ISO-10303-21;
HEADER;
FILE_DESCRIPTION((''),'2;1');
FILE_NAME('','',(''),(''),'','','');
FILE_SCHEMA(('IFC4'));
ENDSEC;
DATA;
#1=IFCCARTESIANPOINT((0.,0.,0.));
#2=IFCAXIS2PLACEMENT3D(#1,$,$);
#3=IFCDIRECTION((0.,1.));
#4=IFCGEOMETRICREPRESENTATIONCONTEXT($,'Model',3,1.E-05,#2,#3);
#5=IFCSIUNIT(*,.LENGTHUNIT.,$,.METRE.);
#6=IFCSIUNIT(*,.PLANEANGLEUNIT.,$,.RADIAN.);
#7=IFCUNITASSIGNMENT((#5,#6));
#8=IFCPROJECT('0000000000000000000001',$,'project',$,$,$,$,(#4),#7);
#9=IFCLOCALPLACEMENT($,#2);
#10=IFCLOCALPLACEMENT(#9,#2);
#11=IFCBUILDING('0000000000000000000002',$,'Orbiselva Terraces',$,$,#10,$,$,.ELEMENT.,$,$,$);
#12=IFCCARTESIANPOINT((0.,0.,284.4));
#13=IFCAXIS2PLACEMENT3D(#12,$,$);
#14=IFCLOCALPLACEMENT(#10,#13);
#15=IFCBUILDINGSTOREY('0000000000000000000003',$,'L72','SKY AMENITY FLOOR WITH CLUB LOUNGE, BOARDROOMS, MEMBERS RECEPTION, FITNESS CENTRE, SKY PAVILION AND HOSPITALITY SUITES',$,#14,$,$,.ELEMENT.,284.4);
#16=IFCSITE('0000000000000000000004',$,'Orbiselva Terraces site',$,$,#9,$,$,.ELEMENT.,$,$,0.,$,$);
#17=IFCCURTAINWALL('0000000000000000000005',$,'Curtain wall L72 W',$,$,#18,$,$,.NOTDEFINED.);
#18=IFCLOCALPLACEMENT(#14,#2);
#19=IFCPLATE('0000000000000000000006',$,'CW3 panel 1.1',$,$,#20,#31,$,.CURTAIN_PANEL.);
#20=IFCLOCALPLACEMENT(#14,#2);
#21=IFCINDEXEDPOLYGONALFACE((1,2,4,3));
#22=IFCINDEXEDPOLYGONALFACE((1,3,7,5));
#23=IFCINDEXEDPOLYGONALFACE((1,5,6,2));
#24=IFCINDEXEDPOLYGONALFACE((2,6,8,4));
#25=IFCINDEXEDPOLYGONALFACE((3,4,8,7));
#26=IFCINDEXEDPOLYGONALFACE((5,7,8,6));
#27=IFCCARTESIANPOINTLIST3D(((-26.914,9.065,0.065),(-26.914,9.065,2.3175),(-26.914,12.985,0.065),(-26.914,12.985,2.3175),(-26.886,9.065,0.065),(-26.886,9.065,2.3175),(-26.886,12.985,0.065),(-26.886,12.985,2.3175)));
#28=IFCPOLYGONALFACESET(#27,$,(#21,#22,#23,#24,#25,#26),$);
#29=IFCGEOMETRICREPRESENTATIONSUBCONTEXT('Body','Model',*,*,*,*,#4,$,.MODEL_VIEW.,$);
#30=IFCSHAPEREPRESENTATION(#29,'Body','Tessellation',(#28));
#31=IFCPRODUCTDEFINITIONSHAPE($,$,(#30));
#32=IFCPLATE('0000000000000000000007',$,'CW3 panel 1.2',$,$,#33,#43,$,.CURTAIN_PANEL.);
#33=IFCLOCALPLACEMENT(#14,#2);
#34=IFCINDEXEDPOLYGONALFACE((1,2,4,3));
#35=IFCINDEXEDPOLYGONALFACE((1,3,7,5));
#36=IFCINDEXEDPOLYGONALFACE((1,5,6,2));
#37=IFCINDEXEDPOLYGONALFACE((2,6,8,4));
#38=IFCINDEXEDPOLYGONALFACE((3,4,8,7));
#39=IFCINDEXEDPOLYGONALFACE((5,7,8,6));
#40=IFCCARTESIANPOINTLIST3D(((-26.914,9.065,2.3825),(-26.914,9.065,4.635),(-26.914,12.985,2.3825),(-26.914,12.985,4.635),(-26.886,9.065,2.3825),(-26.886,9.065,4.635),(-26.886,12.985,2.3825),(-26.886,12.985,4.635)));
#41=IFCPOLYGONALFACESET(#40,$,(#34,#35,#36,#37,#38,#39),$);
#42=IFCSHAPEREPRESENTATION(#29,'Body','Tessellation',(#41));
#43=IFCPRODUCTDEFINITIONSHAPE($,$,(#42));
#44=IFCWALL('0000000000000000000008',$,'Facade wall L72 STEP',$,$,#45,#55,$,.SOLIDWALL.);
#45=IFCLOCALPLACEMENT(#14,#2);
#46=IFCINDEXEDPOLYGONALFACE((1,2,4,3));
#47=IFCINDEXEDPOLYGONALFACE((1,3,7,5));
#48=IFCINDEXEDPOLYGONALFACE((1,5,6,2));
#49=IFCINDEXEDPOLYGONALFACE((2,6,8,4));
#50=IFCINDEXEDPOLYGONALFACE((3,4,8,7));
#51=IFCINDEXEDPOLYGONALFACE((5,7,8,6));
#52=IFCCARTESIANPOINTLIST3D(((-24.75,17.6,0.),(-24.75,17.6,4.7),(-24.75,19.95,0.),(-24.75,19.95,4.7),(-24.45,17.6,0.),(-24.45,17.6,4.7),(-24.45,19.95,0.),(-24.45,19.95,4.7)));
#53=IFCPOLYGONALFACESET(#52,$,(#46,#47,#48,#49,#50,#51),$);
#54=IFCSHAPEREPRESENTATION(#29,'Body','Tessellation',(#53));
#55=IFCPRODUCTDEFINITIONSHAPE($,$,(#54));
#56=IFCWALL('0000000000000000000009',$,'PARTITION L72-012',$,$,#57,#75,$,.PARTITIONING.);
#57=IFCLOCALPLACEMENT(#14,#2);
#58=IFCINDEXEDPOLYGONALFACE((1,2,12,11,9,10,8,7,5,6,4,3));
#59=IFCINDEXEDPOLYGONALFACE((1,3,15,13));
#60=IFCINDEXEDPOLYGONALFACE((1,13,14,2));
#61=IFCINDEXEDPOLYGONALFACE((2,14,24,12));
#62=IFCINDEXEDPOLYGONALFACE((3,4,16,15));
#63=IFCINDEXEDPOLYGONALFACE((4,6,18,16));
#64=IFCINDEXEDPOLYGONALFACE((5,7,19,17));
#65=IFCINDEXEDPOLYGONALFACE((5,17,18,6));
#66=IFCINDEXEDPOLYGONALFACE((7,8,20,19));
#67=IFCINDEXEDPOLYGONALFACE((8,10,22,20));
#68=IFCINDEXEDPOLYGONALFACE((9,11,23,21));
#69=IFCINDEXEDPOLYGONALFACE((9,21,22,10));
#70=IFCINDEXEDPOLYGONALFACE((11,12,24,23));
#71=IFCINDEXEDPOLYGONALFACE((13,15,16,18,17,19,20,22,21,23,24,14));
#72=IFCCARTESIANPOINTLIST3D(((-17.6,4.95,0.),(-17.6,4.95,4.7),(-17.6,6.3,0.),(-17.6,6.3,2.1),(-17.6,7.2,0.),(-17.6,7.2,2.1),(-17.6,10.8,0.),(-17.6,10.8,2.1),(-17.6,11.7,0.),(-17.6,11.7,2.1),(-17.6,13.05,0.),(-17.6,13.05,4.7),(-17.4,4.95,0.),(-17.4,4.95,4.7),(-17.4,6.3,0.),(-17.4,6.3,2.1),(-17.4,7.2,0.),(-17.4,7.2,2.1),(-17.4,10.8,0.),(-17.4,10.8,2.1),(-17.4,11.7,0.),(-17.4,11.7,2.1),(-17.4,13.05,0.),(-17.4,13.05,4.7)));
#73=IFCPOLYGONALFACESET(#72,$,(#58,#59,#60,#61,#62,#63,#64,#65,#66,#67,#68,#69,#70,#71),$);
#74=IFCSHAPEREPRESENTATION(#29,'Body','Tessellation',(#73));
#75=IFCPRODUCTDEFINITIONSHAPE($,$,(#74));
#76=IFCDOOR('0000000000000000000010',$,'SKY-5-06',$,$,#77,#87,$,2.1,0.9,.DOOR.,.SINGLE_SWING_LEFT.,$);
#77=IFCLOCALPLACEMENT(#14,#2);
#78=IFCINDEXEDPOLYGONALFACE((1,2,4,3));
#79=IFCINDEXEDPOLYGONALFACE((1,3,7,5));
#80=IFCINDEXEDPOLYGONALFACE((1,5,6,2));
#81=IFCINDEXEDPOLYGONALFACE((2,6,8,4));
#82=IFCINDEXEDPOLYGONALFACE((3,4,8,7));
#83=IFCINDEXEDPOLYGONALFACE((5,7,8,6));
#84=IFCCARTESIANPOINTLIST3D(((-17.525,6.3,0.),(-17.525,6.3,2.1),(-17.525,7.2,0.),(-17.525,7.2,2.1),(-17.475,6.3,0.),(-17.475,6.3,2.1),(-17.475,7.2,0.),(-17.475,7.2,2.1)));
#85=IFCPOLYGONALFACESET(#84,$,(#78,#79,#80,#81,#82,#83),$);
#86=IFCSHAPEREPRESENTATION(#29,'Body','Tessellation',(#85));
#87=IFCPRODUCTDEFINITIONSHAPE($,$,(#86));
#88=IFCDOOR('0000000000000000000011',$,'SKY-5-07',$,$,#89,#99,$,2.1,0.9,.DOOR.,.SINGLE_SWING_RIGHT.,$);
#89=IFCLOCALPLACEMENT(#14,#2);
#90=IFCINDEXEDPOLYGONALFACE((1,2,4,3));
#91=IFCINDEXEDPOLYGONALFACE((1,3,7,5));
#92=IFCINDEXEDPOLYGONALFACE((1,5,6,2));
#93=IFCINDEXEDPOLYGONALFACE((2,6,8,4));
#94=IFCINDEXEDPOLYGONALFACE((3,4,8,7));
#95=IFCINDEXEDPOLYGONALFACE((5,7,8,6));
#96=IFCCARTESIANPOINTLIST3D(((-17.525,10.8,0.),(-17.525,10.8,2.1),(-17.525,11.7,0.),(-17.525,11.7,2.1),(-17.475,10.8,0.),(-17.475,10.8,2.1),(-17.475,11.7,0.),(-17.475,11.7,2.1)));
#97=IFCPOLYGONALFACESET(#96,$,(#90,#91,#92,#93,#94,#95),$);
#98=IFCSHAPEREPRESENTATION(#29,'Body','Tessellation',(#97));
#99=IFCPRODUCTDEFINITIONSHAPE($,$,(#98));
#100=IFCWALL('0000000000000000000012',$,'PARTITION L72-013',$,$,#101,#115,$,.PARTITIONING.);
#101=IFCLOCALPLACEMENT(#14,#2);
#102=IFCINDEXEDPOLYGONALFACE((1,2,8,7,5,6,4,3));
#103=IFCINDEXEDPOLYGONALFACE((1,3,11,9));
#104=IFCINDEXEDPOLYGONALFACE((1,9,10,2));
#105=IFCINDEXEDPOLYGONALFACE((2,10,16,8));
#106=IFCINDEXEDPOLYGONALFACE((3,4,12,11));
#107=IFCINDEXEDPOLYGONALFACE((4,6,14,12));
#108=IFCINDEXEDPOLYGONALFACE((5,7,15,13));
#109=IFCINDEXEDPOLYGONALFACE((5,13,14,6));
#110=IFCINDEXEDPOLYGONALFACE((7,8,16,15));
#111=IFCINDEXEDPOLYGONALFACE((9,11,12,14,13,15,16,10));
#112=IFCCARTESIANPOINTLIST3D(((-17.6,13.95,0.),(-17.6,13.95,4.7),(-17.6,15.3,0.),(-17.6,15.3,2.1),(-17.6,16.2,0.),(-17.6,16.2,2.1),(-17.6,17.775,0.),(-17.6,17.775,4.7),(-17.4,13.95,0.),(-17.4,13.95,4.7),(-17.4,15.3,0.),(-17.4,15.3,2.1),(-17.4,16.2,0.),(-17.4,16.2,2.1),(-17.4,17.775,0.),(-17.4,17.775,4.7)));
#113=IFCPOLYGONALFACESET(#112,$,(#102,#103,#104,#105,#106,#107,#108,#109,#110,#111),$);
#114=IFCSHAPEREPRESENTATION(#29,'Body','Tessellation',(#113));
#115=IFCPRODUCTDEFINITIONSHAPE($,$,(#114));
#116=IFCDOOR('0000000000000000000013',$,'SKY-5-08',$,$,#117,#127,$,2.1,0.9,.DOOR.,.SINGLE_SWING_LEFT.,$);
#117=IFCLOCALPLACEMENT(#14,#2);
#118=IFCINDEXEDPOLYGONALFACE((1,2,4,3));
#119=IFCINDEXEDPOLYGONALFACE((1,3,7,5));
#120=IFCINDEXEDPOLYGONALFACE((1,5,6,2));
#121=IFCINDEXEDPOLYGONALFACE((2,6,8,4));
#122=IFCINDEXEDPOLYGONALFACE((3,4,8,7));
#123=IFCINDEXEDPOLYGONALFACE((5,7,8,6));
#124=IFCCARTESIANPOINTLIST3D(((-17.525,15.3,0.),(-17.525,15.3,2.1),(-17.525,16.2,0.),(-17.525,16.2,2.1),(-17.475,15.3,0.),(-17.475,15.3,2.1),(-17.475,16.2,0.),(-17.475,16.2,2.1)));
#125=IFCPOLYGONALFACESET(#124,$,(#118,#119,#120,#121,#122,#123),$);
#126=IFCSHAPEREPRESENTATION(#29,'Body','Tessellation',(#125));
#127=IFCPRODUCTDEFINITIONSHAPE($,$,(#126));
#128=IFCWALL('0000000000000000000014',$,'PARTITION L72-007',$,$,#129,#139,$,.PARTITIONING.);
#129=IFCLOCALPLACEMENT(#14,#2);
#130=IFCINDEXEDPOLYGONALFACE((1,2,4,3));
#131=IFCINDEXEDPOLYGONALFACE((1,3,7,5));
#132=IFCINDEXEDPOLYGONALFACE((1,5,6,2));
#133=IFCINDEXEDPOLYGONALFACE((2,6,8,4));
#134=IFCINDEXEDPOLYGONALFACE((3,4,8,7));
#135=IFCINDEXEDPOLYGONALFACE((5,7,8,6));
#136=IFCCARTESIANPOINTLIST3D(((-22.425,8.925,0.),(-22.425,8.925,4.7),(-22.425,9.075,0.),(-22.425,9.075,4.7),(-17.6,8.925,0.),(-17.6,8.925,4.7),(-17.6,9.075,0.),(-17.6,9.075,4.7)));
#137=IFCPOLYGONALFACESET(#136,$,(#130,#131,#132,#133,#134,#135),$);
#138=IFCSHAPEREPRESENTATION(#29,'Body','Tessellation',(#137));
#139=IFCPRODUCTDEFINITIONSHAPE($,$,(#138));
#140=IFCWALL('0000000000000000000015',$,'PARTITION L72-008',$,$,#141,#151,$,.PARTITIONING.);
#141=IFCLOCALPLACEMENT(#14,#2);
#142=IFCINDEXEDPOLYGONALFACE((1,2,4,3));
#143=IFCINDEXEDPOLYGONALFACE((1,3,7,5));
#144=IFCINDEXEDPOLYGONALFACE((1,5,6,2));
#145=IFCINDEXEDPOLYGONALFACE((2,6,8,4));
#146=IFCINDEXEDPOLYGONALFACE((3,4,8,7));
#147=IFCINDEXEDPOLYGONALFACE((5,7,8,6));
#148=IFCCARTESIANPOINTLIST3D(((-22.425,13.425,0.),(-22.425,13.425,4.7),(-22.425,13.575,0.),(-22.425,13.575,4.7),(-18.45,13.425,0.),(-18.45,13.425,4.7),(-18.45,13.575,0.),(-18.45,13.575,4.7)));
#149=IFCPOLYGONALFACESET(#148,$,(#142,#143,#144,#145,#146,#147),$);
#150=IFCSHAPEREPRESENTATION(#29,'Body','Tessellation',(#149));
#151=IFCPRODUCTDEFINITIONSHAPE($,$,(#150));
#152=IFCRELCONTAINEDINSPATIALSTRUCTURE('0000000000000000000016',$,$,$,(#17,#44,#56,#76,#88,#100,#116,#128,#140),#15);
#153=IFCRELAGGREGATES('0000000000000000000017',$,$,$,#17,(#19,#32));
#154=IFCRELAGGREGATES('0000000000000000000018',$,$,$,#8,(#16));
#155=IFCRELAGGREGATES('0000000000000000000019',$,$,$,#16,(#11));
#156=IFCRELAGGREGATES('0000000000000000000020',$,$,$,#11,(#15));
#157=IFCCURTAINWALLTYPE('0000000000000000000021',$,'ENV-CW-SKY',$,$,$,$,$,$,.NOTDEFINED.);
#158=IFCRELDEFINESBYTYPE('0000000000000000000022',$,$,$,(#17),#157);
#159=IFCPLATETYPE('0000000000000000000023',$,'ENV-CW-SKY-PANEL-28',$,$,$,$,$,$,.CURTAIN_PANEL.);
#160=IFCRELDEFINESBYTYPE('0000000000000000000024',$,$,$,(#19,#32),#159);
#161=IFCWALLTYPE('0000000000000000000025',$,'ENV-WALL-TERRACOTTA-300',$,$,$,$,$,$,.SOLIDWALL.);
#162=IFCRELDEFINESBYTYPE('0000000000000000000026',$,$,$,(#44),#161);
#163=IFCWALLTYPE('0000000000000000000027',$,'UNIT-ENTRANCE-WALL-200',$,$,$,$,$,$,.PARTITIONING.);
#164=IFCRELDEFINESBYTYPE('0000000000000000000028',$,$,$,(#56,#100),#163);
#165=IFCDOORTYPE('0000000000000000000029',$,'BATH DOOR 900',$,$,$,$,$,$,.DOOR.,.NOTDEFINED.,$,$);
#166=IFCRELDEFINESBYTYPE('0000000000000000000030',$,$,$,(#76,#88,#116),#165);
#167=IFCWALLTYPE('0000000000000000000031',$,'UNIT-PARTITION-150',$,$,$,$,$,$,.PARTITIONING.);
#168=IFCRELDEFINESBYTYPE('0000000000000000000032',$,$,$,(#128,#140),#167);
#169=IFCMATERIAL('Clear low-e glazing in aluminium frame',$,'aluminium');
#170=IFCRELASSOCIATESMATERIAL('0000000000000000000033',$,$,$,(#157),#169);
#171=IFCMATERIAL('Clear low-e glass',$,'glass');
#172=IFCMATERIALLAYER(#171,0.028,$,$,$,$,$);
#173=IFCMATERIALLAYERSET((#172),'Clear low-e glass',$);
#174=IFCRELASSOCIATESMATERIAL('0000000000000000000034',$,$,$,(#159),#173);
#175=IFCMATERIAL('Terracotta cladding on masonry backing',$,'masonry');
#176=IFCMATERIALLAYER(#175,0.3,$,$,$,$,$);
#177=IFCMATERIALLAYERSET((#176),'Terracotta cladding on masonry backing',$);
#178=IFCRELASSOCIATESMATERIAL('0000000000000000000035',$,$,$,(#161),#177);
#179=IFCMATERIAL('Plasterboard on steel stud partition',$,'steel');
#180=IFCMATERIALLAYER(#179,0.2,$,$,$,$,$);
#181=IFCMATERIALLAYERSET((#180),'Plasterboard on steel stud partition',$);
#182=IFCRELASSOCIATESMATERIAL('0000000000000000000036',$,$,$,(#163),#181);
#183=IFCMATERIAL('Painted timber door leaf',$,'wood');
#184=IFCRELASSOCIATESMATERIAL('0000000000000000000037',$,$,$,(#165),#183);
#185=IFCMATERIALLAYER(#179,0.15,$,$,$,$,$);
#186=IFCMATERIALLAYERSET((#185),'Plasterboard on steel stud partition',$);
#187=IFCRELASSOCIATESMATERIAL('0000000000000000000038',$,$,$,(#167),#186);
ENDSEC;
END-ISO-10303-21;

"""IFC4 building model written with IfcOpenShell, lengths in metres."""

from ifc_helpers import new_model, si_unit, direction, frame, frame_2d, origin, origin_2d, place, context, subcontext, project, spatial, rectangle, extrude, material, layer, layer_set, type_object, element, fill, aggregate, save


model = new_model("IFC4")

# Units and contexts
model_context = context("Model", 3, precision=1e-05, world=origin(), true_north=direction((0.0, 1.0)))
body_context = subcontext(model_context, "Body", "Model", "MODEL_VIEW")
ifc_project = project(units=[si_unit("LENGTHUNIT", "METRE"), si_unit("PLANEANGLEUNIT", "RADIAN")], contexts=[model_context])

# Site, building, storey
site_placement = place(None, origin())
site = spatial("IfcSite", under=ifc_project, at=site_placement, Name="Orbiselva Terraces site", CompositionType="ELEMENT", RefElevation=0.0)
building_placement = place(site_placement, origin())
building = spatial("IfcBuilding", under=site, at=building_placement, Name="Orbiselva Terraces", CompositionType="ELEMENT")
storey_placement = place(building_placement, frame((0.0, 0.0, 284.4)))
storey = spatial("IfcBuildingStorey", under=building, at=storey_placement, Name="L72", Description="SKY AMENITY FLOOR WITH CLUB LOUNGE, BOARDROOMS, MEMBERS RECEPTION, FITNESS CENTRE, SKY PAVILION AND HOSPITALITY SUITES", CompositionType="ELEMENT", Elevation=284.4)

# Curtain wall
ifc_material_1 = material(Name="Clear low-e glazing in aluminium frame", Category="aluminium")
curtain_wall_type = type_object("IfcCurtainWallType", Name="ENV-CW-SKY", PredefinedType="NOTDEFINED", material=ifc_material_1)
curtain_wall_1_placement = place(storey_placement, origin())
curtain_wall_1 = element("IfcCurtainWall", 1, at=curtain_wall_1_placement, inside=storey, type_object=curtain_wall_type, Name="Curtain wall L72 W", PredefinedType="NOTDEFINED")

# Plates
ifc_material_2 = material(Name="Clear low-e glass", Category="glass")
ifc_layer_1 = layer(ifc_material_2, 0.028)
ifc_layer_set_1 = layer_set([ifc_layer_1], Name="Clear low-e glass")
plate_type = type_object("IfcPlateType", Name="ENV-CW-SKY-PANEL-28", PredefinedType="CURTAIN_PANEL", material=ifc_layer_set_1)
plate_1_placement = place(storey_placement, frame((-26.9, 11.025, 0.065), z_axis=(0.0, 0.0, 1.0), x_axis=(0.0, -1.0, 0.0)))
plate_1 = element("IfcPlate", 2, at=plate_1_placement, type_object=plate_type, Name="CW3 panel 1.1", PredefinedType="CURTAIN_PANEL", context=body_context, shape_type="SweptSolid", body=[
    extrude(rectangle(XDim=3.92, YDim=0.028, at=origin_2d()), origin(), (0.0, 0.0, 1.0), 2.2525),
])
plate_2_placement = place(storey_placement, frame((-26.9, 11.025, 2.3825), z_axis=(0.0, 0.0, 1.0), x_axis=(0.0, -1.0, 0.0)))
plate_2 = element("IfcPlate", 3, at=plate_2_placement, type_object=plate_type, Name="CW3 panel 1.2", PredefinedType="CURTAIN_PANEL", context=body_context, shape_type="SweptSolid", body=[
    extrude(rectangle(XDim=3.92, YDim=0.028, at=origin_2d()), origin(), (0.0, 0.0, 1.0), 2.2525),
])
aggregate(curtain_wall_1, [plate_1, plate_2])

# Wall
ifc_material_3 = material(Name="Terracotta cladding on masonry backing", Category="masonry")
ifc_layer_2 = layer(ifc_material_3, 0.3)
ifc_layer_set_2 = layer_set([ifc_layer_2], Name="Terracotta cladding on masonry backing")
wall_type_1 = type_object("IfcWallType", Name="ENV-WALL-TERRACOTTA-300", PredefinedType="SOLIDWALL", material=ifc_layer_set_2)
wall_1_placement = place(storey_placement, frame((-24.6, 17.6, 0.0), z_axis=(0.0, 0.0, 1.0), x_axis=(0.0, 1.0, 0.0)))
element("IfcWall", 4, at=wall_1_placement, inside=storey, type_object=wall_type_1, Name="Facade wall L72 STEP", PredefinedType="SOLIDWALL", context=body_context, shape_type="SweptSolid", body=[
    extrude(rectangle(XDim=2.35, YDim=0.3, at=frame_2d((1.175, 0.0))), origin(), (0.0, 0.0, 1.0), 4.7),
])

# Wall, openings, doors
ifc_material_4 = material(Name="Plasterboard on steel stud partition", Category="steel")
ifc_layer_3 = layer(ifc_material_4, 0.2)
ifc_layer_set_3 = layer_set([ifc_layer_3], Name="Plasterboard on steel stud partition")
wall_type_2 = type_object("IfcWallType", Name="UNIT-ENTRANCE-WALL-200", PredefinedType="PARTITIONING", material=ifc_layer_set_3)
wall_2_placement = place(storey_placement, frame((-17.5, 4.95, 0.0), z_axis=(0.0, 0.0, 1.0), x_axis=(0.0, 1.0, 0.0)))
wall_2 = element("IfcWall", 5, at=wall_2_placement, inside=storey, type_object=wall_type_2, Name="PARTITION L72-012", PredefinedType="PARTITIONING", context=body_context, shape_type="SweptSolid", body=[
    extrude(rectangle(XDim=8.1, YDim=0.2, at=frame_2d((4.05, 0.0))), origin(), (0.0, 0.0, 1.0), 4.7),
])
opening_1_placement = place(wall_2_placement, frame((1.35, 0.0, 0.0)))
opening_1 = element("IfcOpeningElement", 6, at=opening_1_placement, cuts=wall_2, PredefinedType="OPENING", context=body_context, shape_type="SweptSolid", body=[
    extrude(rectangle(XDim=0.9, YDim=2.1, at=frame_2d((0.45, 1.05))), frame((0.0, 0.11, 0.0), z_axis=(0.0, -1.0, 0.0), x_axis=(1.0, 0.0, 0.0)), (0.0, 0.0, 1.0), 0.22),
])
opening_2_placement = place(wall_2_placement, frame((5.85, 0.0, 0.0)))
opening_2 = element("IfcOpeningElement", 7, at=opening_2_placement, cuts=wall_2, PredefinedType="OPENING", context=body_context, shape_type="SweptSolid", body=[
    extrude(rectangle(XDim=0.9, YDim=2.1, at=frame_2d((0.45, 1.05))), frame((0.0, 0.11, 0.0), z_axis=(0.0, -1.0, 0.0), x_axis=(1.0, 0.0, 0.0)), (0.0, 0.0, 1.0), 0.22),
])
ifc_material_5 = material(Name="Painted timber door leaf", Category="wood")
door_type = type_object("IfcDoorType", Name="BATH DOOR 900", OperationType="NOTDEFINED", PredefinedType="DOOR", material=ifc_material_5)
door_1_placement = place(opening_1_placement, origin())
door_1 = element("IfcDoor", 8, at=door_1_placement, inside=storey, type_object=door_type, Name="SKY-5-06", OperationType="SINGLE_SWING_LEFT", OverallHeight=2.1, OverallWidth=0.9, PredefinedType="DOOR", context=body_context, shape_type="SweptSolid", body=[
    extrude(rectangle(XDim=0.9, YDim=2.1, at=frame_2d((0.45, 1.05))), frame((0.0, 0.025, 0.0), z_axis=(0.0, -1.0, 0.0), x_axis=(1.0, 0.0, 0.0)), (0.0, 0.0, 1.0), 0.05),
])
fill(opening_1, door_1)
door_2_placement = place(opening_2_placement, origin())
door_2 = element("IfcDoor", 9, at=door_2_placement, inside=storey, type_object=door_type, Name="SKY-5-07", OperationType="SINGLE_SWING_RIGHT", OverallHeight=2.1, OverallWidth=0.9, PredefinedType="DOOR", context=body_context, shape_type="SweptSolid", body=[
    extrude(rectangle(XDim=0.9, YDim=2.1, at=frame_2d((0.45, 1.05))), frame((0.0, 0.025, 0.0), z_axis=(0.0, -1.0, 0.0), x_axis=(1.0, 0.0, 0.0)), (0.0, 0.0, 1.0), 0.05),
])
fill(opening_2, door_2)

# Wall, opening, door
wall_3_placement = place(storey_placement, frame((-17.5, 13.95, 0.0), z_axis=(0.0, 0.0, 1.0), x_axis=(0.0, 1.0, 0.0)))
wall_3 = element("IfcWall", 10, at=wall_3_placement, inside=storey, type_object=wall_type_2, Name="PARTITION L72-013", PredefinedType="PARTITIONING", context=body_context, shape_type="SweptSolid", body=[
    extrude(rectangle(XDim=3.825, YDim=0.2, at=frame_2d((1.9125, 0.0))), origin(), (0.0, 0.0, 1.0), 4.7),
])
opening_3_placement = place(wall_3_placement, frame((1.35, 0.0, 0.0)))
opening_3 = element("IfcOpeningElement", 11, at=opening_3_placement, cuts=wall_3, PredefinedType="OPENING", context=body_context, shape_type="SweptSolid", body=[
    extrude(rectangle(XDim=0.9, YDim=2.1, at=frame_2d((0.45, 1.05))), frame((0.0, 0.11, 0.0), z_axis=(0.0, -1.0, 0.0), x_axis=(1.0, 0.0, 0.0)), (0.0, 0.0, 1.0), 0.22),
])
door_3_placement = place(opening_3_placement, origin())
door_3 = element("IfcDoor", 12, at=door_3_placement, inside=storey, type_object=door_type, Name="SKY-5-08", OperationType="SINGLE_SWING_LEFT", OverallHeight=2.1, OverallWidth=0.9, PredefinedType="DOOR", context=body_context, shape_type="SweptSolid", body=[
    extrude(rectangle(XDim=0.9, YDim=2.1, at=frame_2d((0.45, 1.05))), frame((0.0, 0.025, 0.0), z_axis=(0.0, -1.0, 0.0), x_axis=(1.0, 0.0, 0.0)), (0.0, 0.0, 1.0), 0.05),
])
fill(opening_3, door_3)

# Walls
ifc_layer_4 = layer(ifc_material_4, 0.15)
ifc_layer_set_4 = layer_set([ifc_layer_4], Name="Plasterboard on steel stud partition")
wall_type_3 = type_object("IfcWallType", Name="UNIT-PARTITION-150", PredefinedType="PARTITIONING", material=ifc_layer_set_4)
wall_4_placement = place(storey_placement, frame((-22.425, 9.0, 0.0), z_axis=(0.0, 0.0, 1.0), x_axis=(1.0, 0.0, 0.0)))
element("IfcWall", 13, at=wall_4_placement, inside=storey, type_object=wall_type_3, Name="PARTITION L72-007", PredefinedType="PARTITIONING", context=body_context, shape_type="SweptSolid", body=[
    extrude(rectangle(XDim=4.825, YDim=0.15, at=frame_2d((2.4125, 0.0))), origin(), (0.0, 0.0, 1.0), 4.7),
])
wall_5_placement = place(storey_placement, frame((-22.425, 13.5, 0.0), z_axis=(0.0, 0.0, 1.0), x_axis=(1.0, 0.0, 0.0)))
element("IfcWall", 14, at=wall_5_placement, inside=storey, type_object=wall_type_3, Name="PARTITION L72-008", PredefinedType="PARTITIONING", context=body_context, shape_type="SweptSolid", body=[
    extrude(rectangle(XDim=3.975, YDim=0.15, at=frame_2d((1.9875, 0.0))), origin(), (0.0, 0.0, 1.0), 4.7),
])

save(model, "model.ifc")
